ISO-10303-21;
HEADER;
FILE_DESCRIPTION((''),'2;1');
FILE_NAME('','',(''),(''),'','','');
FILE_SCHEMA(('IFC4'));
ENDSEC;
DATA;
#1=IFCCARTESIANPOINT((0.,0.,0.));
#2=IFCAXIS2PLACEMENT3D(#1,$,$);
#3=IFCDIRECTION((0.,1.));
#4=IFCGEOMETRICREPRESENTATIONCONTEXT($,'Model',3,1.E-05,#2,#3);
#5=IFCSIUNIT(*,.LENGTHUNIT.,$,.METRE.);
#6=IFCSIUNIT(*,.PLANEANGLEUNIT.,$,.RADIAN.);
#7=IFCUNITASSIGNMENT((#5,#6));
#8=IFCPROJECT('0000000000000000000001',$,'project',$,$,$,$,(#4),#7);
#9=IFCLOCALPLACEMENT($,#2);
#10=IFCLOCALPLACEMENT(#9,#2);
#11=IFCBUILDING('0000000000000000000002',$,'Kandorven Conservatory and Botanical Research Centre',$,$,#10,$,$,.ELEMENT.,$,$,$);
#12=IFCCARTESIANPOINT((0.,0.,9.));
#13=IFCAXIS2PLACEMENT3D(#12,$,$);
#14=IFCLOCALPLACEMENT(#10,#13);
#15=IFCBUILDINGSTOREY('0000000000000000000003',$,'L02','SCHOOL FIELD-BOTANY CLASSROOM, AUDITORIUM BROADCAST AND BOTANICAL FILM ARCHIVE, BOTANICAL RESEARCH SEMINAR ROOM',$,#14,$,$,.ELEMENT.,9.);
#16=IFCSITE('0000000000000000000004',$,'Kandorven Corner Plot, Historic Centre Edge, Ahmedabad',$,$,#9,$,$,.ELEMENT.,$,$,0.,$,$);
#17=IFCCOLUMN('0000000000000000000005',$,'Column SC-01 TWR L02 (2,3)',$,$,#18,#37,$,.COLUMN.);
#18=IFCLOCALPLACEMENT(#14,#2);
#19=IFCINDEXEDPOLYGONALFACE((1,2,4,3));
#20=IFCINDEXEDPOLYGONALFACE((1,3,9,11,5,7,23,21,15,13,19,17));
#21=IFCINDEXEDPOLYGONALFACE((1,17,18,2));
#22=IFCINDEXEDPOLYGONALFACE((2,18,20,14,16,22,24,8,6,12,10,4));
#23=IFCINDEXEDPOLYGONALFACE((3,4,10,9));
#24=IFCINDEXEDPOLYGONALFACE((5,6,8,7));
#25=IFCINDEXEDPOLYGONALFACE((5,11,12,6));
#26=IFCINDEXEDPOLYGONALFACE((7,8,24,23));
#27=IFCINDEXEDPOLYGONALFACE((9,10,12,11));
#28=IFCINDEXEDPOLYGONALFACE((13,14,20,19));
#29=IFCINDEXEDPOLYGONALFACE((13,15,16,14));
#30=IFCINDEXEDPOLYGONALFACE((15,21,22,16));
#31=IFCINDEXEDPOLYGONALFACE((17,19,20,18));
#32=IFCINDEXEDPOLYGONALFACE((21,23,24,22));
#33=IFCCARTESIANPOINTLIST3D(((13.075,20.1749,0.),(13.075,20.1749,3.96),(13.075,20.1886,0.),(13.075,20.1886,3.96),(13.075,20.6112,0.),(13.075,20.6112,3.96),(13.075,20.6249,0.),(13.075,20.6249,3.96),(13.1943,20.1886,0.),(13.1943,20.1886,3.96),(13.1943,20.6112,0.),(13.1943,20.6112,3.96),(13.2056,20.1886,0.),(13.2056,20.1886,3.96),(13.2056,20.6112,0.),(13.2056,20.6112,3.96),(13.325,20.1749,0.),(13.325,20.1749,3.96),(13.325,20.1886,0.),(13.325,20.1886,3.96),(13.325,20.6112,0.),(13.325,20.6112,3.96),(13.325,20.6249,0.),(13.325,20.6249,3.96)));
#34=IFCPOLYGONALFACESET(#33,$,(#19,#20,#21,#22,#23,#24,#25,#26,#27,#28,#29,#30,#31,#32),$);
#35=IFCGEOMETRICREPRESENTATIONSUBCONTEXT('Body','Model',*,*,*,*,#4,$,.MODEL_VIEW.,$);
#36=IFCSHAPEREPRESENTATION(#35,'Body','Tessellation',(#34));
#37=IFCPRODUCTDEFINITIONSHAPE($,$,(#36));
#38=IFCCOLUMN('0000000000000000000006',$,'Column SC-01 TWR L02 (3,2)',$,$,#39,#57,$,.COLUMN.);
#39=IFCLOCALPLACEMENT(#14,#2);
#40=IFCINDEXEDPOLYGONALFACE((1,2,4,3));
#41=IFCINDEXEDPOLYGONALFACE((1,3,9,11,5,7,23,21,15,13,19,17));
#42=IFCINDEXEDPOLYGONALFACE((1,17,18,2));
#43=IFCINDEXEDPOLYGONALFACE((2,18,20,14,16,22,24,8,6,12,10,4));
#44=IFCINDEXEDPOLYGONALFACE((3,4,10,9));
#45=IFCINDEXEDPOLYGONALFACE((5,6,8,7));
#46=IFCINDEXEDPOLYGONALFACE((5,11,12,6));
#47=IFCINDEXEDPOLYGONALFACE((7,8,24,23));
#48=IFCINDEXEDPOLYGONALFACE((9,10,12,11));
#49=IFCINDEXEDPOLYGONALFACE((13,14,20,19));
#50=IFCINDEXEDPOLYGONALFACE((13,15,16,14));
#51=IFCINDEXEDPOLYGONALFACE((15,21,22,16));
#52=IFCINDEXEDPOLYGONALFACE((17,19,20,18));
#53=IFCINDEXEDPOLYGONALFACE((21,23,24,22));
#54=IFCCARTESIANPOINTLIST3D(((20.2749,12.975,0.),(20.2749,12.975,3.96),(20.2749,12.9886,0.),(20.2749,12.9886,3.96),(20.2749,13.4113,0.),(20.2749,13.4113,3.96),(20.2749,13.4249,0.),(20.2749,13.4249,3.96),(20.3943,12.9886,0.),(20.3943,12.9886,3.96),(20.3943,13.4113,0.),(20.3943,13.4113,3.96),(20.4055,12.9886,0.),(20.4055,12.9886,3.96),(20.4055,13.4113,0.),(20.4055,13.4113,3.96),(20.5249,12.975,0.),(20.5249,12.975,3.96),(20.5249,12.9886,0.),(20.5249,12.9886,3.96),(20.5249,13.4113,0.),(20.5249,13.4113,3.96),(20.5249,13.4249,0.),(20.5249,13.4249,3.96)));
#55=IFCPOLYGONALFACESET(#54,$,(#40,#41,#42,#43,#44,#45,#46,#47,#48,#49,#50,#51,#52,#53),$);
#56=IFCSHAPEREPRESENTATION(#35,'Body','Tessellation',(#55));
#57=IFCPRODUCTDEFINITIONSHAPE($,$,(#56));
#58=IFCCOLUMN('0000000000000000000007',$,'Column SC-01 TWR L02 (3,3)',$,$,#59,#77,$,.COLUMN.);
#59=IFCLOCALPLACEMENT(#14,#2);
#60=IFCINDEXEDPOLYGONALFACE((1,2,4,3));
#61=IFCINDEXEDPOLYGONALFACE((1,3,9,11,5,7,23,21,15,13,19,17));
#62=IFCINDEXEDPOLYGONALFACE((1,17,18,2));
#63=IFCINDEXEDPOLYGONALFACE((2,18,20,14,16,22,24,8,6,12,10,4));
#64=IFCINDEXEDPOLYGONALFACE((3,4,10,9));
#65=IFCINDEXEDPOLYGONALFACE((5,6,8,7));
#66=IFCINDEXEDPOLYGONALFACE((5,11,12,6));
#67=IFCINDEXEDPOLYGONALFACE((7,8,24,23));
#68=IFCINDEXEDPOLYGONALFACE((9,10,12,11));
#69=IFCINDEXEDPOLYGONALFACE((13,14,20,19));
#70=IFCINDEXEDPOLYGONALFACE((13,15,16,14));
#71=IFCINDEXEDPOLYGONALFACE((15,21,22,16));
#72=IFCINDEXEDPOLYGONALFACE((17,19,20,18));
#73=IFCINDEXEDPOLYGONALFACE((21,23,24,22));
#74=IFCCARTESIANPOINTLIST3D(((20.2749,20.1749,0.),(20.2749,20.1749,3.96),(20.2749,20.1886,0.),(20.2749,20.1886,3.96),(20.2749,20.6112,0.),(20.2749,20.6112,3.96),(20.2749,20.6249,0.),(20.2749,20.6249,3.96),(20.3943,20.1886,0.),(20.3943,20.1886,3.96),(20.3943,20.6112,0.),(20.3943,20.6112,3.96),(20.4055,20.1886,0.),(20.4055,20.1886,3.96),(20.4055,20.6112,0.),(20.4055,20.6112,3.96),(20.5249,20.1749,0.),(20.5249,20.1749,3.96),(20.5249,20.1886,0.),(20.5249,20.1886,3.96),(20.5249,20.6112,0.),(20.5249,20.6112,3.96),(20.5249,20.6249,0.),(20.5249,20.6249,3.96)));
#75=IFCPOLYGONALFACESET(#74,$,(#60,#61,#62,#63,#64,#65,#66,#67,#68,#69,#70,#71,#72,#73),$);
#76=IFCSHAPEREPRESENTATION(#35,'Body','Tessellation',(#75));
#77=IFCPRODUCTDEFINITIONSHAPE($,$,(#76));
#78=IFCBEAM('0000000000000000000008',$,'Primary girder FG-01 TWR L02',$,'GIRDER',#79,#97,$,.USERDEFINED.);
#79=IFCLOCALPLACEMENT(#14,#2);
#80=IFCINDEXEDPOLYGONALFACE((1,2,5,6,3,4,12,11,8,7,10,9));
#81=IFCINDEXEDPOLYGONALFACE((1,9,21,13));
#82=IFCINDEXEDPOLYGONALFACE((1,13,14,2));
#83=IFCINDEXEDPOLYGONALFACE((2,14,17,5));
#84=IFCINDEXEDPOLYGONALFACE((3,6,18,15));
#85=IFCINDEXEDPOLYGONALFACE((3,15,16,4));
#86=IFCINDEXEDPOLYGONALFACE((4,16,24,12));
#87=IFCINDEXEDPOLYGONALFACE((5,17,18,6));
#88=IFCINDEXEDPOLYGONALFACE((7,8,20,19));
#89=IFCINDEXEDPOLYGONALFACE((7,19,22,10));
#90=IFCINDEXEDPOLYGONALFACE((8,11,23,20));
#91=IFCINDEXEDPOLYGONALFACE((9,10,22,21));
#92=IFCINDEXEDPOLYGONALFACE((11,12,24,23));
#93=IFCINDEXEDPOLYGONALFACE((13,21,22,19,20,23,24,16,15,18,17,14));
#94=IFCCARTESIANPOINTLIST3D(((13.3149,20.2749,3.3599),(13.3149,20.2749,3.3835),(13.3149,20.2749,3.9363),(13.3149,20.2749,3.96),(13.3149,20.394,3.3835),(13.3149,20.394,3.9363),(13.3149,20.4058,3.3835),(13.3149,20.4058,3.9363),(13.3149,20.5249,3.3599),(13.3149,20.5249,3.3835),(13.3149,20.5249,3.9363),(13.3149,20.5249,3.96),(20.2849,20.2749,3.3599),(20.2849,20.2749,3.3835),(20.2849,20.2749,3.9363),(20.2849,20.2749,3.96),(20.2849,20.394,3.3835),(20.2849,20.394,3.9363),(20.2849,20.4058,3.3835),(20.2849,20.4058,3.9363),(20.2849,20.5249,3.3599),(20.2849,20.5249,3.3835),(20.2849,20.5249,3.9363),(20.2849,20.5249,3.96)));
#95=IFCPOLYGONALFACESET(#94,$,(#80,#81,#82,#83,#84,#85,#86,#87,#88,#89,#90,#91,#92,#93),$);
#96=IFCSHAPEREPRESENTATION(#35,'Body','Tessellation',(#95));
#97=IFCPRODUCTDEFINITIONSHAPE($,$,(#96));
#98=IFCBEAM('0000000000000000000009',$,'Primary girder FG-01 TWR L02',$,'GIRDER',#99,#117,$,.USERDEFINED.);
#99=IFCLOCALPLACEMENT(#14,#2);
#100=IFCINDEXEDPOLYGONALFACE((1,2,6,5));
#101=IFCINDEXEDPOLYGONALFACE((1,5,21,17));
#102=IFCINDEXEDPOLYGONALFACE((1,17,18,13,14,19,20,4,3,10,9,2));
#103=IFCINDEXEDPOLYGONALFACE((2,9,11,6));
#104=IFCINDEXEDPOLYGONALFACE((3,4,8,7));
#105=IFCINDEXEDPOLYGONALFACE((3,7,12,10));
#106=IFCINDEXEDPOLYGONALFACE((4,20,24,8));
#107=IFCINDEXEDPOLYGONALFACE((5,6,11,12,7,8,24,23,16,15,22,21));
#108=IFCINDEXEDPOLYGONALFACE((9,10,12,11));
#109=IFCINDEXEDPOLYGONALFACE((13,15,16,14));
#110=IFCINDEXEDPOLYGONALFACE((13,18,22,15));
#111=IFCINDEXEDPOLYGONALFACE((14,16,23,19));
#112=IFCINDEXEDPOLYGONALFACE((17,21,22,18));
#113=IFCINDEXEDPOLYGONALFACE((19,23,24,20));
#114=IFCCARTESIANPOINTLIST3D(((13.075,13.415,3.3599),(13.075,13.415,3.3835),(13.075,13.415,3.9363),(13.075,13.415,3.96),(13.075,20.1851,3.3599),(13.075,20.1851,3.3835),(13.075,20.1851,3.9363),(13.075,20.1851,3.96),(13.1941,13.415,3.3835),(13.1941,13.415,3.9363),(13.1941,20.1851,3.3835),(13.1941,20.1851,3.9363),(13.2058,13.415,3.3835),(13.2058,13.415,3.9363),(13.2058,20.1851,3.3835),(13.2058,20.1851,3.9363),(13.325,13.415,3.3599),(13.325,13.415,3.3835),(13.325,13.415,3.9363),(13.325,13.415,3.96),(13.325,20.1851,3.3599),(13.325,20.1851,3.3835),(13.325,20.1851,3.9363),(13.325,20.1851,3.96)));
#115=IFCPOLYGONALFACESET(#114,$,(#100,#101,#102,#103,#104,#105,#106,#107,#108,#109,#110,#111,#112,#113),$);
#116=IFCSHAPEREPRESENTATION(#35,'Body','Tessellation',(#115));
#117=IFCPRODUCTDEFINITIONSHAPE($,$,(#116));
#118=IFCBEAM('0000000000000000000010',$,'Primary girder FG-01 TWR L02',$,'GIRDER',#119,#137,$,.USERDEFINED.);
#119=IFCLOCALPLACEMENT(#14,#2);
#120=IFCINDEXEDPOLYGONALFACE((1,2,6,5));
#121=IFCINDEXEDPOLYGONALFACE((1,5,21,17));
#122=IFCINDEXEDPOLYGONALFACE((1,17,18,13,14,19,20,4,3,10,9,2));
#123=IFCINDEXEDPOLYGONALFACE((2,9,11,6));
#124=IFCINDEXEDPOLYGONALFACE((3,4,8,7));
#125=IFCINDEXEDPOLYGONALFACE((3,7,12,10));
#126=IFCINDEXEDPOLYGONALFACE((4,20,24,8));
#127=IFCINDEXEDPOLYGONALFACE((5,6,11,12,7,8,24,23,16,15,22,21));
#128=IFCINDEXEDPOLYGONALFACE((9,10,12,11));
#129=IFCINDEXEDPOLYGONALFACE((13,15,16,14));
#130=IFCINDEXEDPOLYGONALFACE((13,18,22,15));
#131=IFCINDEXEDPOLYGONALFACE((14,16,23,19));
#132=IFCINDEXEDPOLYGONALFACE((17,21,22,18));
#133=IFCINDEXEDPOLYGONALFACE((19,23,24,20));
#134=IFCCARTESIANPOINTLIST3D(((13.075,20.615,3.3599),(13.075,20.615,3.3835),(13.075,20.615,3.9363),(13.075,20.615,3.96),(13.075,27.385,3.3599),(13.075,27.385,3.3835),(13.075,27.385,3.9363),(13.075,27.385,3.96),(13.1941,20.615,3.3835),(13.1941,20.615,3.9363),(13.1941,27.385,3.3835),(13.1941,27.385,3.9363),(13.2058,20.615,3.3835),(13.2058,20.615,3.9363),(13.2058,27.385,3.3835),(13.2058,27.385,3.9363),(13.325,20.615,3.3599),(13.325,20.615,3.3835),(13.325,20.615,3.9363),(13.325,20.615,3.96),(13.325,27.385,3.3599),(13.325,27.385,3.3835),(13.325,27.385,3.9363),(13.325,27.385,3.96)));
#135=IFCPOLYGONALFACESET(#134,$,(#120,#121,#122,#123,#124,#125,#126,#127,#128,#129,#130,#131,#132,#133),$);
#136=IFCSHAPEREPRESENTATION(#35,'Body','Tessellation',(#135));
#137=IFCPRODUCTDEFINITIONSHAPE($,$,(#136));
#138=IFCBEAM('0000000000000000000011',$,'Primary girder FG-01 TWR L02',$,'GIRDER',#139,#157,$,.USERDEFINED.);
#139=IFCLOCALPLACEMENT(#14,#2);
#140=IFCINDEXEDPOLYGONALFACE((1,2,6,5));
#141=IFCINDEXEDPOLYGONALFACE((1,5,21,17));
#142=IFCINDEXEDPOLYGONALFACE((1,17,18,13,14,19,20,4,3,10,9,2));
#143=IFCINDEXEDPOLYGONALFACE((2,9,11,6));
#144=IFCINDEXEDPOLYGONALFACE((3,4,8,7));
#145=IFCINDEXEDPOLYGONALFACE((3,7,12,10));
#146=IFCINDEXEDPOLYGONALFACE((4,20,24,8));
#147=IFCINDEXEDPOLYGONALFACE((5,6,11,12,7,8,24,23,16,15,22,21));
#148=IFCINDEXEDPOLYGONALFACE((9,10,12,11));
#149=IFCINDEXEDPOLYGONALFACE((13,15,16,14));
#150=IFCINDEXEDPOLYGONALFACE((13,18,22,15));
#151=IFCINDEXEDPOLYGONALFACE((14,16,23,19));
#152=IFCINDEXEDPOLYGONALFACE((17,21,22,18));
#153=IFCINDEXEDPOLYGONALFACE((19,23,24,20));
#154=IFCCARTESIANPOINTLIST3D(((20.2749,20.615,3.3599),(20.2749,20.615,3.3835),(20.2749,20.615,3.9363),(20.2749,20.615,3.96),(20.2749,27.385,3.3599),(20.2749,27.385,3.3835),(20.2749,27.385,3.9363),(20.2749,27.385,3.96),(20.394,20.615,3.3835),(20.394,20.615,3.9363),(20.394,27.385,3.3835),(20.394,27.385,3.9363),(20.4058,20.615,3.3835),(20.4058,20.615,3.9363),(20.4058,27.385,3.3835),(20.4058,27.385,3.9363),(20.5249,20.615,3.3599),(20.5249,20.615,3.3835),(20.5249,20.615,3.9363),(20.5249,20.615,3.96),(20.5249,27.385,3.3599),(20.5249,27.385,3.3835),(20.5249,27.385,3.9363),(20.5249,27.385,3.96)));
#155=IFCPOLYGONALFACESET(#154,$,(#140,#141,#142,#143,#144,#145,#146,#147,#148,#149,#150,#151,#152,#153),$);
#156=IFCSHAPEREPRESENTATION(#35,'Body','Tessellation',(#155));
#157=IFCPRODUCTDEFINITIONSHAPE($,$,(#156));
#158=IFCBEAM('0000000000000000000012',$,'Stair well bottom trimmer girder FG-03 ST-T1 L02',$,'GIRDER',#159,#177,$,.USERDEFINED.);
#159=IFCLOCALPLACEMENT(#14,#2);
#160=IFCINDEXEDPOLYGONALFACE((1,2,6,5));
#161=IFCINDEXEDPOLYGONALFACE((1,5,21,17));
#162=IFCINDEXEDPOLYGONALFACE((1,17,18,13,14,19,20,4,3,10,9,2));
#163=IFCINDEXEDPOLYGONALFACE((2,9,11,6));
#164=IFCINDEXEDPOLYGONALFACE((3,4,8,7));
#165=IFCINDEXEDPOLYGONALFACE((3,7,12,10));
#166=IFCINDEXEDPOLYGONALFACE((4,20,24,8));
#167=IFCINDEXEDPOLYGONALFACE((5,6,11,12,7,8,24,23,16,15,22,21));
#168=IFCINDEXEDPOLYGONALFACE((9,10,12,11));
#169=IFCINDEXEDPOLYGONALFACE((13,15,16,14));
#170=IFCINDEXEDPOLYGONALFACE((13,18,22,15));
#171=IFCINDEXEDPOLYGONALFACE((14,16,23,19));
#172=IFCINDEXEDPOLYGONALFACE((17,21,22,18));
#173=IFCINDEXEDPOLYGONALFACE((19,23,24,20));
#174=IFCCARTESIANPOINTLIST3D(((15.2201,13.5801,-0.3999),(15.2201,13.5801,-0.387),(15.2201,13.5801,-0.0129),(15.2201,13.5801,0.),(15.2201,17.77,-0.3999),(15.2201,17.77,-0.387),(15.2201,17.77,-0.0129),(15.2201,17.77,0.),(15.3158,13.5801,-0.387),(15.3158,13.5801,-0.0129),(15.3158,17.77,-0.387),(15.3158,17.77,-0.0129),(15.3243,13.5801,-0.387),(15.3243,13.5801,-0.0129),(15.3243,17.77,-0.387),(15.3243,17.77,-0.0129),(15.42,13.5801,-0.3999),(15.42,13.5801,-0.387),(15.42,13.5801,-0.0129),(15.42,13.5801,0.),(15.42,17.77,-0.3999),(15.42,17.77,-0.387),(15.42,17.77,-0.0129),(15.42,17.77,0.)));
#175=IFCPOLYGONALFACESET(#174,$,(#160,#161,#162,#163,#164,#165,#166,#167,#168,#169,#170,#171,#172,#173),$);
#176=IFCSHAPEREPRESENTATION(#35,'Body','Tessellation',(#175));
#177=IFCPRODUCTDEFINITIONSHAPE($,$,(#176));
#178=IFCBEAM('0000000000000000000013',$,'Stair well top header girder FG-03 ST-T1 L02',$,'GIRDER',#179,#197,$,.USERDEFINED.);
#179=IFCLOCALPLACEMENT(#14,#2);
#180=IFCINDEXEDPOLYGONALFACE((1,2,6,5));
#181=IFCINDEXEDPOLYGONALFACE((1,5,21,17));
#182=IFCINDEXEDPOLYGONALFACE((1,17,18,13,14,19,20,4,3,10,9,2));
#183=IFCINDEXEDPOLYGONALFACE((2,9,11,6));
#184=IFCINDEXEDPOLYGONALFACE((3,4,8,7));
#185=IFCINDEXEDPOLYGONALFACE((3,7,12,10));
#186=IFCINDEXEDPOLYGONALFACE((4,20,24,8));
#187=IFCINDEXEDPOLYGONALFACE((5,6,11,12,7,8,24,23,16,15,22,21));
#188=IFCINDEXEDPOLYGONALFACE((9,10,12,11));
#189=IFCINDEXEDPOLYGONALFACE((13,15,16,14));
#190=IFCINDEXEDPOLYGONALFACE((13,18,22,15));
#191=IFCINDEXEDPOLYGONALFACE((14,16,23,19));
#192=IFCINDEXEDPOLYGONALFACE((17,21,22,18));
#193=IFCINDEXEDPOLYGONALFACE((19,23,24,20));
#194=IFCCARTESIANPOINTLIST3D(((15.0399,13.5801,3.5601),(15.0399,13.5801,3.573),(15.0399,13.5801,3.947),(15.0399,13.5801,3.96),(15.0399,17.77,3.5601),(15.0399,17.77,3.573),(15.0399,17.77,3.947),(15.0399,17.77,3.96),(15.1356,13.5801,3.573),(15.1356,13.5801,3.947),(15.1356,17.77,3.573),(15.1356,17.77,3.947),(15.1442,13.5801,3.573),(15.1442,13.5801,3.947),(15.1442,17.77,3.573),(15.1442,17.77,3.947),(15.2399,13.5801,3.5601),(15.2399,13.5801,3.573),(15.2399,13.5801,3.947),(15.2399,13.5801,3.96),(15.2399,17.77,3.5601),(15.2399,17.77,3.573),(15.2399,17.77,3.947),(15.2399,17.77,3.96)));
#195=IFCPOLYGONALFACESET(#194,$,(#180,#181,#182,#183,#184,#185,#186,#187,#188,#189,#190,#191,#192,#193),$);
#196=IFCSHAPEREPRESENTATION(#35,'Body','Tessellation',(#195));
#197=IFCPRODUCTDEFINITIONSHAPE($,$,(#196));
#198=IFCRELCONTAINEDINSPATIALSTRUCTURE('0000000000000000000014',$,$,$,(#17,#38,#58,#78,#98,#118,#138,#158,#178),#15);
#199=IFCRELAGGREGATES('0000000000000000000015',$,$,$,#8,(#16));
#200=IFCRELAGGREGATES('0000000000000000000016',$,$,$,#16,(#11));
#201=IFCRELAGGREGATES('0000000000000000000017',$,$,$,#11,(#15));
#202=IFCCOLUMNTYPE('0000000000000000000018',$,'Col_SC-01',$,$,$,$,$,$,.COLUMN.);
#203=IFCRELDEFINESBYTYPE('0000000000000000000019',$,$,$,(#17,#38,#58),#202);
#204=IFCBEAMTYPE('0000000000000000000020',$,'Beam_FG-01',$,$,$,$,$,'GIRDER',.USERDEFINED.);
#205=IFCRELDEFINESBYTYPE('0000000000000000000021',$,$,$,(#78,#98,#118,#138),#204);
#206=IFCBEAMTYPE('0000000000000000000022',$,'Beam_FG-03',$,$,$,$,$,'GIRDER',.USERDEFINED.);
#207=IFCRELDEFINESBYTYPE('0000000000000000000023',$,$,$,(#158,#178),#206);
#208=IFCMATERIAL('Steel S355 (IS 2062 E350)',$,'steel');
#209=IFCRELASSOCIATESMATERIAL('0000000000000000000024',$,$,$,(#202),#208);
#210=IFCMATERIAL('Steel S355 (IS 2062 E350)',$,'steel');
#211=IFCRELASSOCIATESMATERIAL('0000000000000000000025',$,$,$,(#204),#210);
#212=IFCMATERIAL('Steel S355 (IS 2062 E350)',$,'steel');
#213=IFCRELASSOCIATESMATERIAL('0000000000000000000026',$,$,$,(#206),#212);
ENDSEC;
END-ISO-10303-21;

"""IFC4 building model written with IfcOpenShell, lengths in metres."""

from ifc_helpers import new_model, si_unit, direction, frame, origin, origin_2d, place, context, subcontext, project, spatial, i_section, extrude, material, material_profile, profile_set, type_object, element, save


model = new_model("IFC4")

# Units and contexts
model_context = context("Model", 3, precision=1e-05, world=origin(), true_north=direction((0.0, 1.0)))
body_context = subcontext(model_context, "Body", "Model", "MODEL_VIEW")
ifc_project = project(units=[si_unit("LENGTHUNIT", "METRE"), si_unit("PLANEANGLEUNIT", "RADIAN")], contexts=[model_context])

# Site, building, storey
site_placement = place(None, origin())
site = spatial("IfcSite", under=ifc_project, at=site_placement, Name="Kandorven Corner Plot, Historic Centre Edge, Ahmedabad", CompositionType="ELEMENT", RefElevation=0.0)
building_placement = place(site_placement, origin())
building = spatial("IfcBuilding", under=site, at=building_placement, Name="Kandorven Conservatory and Botanical Research Centre", CompositionType="ELEMENT")
storey_placement = place(building_placement, frame((0.0, 0.0, 9.0)))
storey = spatial("IfcBuildingStorey", under=building, at=storey_placement, Name="L02", Description="SCHOOL FIELD-BOTANY CLASSROOM, AUDITORIUM BROADCAST AND BOTANICAL FILM ARCHIVE, BOTANICAL RESEARCH SEMINAR ROOM", CompositionType="ELEMENT", Elevation=9.0)

# Columns
ifc_material_1 = material(Name="Steel S355 (IS 2062 E350)", Category="steel")
ifc_material_profile_1 = material_profile(ifc_material_1, i_section(OverallWidth=0.25, OverallDepth=0.45, WebThickness=0.0112, FlangeThickness=0.0137, at=origin_2d()))
ifc_profile_set_1 = profile_set([ifc_material_profile_1], Name="Steel S355 (IS 2062 E350)")
column_type = type_object("IfcColumnType", Name="Col_SC-01", PredefinedType="COLUMN", material=ifc_profile_set_1)
for number, where, z_axis, x_axis, name in (
    (1, (13.2, 20.3999, 0.0), (0.0, 0.0, 1.0), (1.0, 0.0, 0.0), "Column SC-01 TWR L02 (2,3)"),
    (2, (20.3999, 13.2, 0.0), (0.0, 0.0, 1.0), (1.0, 0.0, 0.0), "Column SC-01 TWR L02 (3,2)"),
    (3, (20.3999, 20.3999, 0.0), (0.0, 0.0, 1.0), (1.0, 0.0, 0.0), "Column SC-01 TWR L02 (3,3)"),
):
    element("IfcColumn", number, at=place(storey_placement, frame(where, z_axis=z_axis, x_axis=x_axis)), inside=storey, type_object=column_type, Name=name, PredefinedType="COLUMN", context=body_context, shape_type="SweptSolid", body=[
        extrude(i_section(OverallWidth=0.25, OverallDepth=0.45, WebThickness=0.0112, FlangeThickness=0.0137, at=origin_2d()), origin(), (0.0, 0.0, 1.0), 3.96),
    ])

# Beams
ifc_material_2 = material(Name="Steel S355 (IS 2062 E350)", Category="steel")
ifc_material_profile_2 = material_profile(ifc_material_2, i_section(OverallWidth=0.25, OverallDepth=0.6001, WebThickness=0.0117, FlangeThickness=0.0237, at=origin_2d()))
ifc_profile_set_2 = profile_set([ifc_material_profile_2], Name="Steel S355 (IS 2062 E350)")
beam_type_1 = type_object("IfcBeamType", Name="Beam_FG-01", ElementType="GIRDER", PredefinedType="USERDEFINED", material=ifc_profile_set_2)
beam_placement = place(storey_placement, frame((13.3149, 20.3999, 3.6599), z_axis=(1.0, 0.0, 0.0), x_axis=(0.0, 1.0, 0.0)))
element("IfcBeam", 4, at=beam_placement, inside=storey, type_object=beam_type_1, Name="Primary girder FG-01 TWR L02", ObjectType="GIRDER", PredefinedType="USERDEFINED", context=body_context, shape_type="SweptSolid", body=[
    extrude(i_section(OverallWidth=0.25, OverallDepth=0.6001, WebThickness=0.0117, FlangeThickness=0.0237, at=origin_2d()), origin(), (0.0, 0.0, 1.0), 6.97),
])
for number, where, z_axis, x_axis, name in (
    (5, (13.2, 13.415, 3.6599), (0.0, 1.0, 0.0), (-1.0, 0.0, 0.0), "Primary girder FG-01 TWR L02"),
    (6, (13.2, 20.615, 3.6599), (0.0, 1.0, 0.0), (-1.0, 0.0, 0.0), "Primary girder FG-01 TWR L02"),
    (7, (20.3999, 20.615, 3.6599), (0.0, 1.0, 0.0), (-1.0, 0.0, 0.0), "Primary girder FG-01 TWR L02"),
):
    element("IfcBeam", number, at=place(storey_placement, frame(where, z_axis=z_axis, x_axis=x_axis)), inside=storey, type_object=beam_type_1, Name=name, ObjectType="GIRDER", PredefinedType="USERDEFINED", context=body_context, shape_type="SweptSolid", body=[
        extrude(i_section(OverallWidth=0.25, OverallDepth=0.6001, WebThickness=0.0117, FlangeThickness=0.0237, at=origin_2d()), origin(), (0.0, 0.0, 1.0), 6.77),
    ])
ifc_material_3 = material(Name="Steel S355 (IS 2062 E350)", Category="steel")
ifc_material_profile_3 = material_profile(ifc_material_3, i_section(OverallWidth=0.2, OverallDepth=0.3999, WebThickness=0.0085, FlangeThickness=0.0129, at=origin_2d()))
ifc_profile_set_3 = profile_set([ifc_material_profile_3], Name="Steel S355 (IS 2062 E350)")
beam_type_2 = type_object("IfcBeamType", Name="Beam_FG-03", ElementType="GIRDER", PredefinedType="USERDEFINED", material=ifc_profile_set_3)
for number, where, z_axis, x_axis, name in (
    (8, (15.3201, 13.5801, -0.2), (0.0, 1.0, 0.0), (-1.0, 0.0, 0.0), "Stair well bottom trimmer girder FG-03 ST-T1 L02"),
    (9, (15.1399, 13.5801, 3.76), (0.0, 1.0, 0.0), (-1.0, 0.0, 0.0), "Stair well top header girder FG-03 ST-T1 L02"),
):
    element("IfcBeam", number, at=place(storey_placement, frame(where, z_axis=z_axis, x_axis=x_axis)), inside=storey, type_object=beam_type_2, Name=name, ObjectType="GIRDER", PredefinedType="USERDEFINED", context=body_context, shape_type="SweptSolid", body=[
        extrude(i_section(OverallWidth=0.2, OverallDepth=0.3999, WebThickness=0.0085, FlangeThickness=0.0129, at=origin_2d()), origin(), (0.0, 0.0, 1.0), 4.1899),
    ])

save(model, "model.ifc")
